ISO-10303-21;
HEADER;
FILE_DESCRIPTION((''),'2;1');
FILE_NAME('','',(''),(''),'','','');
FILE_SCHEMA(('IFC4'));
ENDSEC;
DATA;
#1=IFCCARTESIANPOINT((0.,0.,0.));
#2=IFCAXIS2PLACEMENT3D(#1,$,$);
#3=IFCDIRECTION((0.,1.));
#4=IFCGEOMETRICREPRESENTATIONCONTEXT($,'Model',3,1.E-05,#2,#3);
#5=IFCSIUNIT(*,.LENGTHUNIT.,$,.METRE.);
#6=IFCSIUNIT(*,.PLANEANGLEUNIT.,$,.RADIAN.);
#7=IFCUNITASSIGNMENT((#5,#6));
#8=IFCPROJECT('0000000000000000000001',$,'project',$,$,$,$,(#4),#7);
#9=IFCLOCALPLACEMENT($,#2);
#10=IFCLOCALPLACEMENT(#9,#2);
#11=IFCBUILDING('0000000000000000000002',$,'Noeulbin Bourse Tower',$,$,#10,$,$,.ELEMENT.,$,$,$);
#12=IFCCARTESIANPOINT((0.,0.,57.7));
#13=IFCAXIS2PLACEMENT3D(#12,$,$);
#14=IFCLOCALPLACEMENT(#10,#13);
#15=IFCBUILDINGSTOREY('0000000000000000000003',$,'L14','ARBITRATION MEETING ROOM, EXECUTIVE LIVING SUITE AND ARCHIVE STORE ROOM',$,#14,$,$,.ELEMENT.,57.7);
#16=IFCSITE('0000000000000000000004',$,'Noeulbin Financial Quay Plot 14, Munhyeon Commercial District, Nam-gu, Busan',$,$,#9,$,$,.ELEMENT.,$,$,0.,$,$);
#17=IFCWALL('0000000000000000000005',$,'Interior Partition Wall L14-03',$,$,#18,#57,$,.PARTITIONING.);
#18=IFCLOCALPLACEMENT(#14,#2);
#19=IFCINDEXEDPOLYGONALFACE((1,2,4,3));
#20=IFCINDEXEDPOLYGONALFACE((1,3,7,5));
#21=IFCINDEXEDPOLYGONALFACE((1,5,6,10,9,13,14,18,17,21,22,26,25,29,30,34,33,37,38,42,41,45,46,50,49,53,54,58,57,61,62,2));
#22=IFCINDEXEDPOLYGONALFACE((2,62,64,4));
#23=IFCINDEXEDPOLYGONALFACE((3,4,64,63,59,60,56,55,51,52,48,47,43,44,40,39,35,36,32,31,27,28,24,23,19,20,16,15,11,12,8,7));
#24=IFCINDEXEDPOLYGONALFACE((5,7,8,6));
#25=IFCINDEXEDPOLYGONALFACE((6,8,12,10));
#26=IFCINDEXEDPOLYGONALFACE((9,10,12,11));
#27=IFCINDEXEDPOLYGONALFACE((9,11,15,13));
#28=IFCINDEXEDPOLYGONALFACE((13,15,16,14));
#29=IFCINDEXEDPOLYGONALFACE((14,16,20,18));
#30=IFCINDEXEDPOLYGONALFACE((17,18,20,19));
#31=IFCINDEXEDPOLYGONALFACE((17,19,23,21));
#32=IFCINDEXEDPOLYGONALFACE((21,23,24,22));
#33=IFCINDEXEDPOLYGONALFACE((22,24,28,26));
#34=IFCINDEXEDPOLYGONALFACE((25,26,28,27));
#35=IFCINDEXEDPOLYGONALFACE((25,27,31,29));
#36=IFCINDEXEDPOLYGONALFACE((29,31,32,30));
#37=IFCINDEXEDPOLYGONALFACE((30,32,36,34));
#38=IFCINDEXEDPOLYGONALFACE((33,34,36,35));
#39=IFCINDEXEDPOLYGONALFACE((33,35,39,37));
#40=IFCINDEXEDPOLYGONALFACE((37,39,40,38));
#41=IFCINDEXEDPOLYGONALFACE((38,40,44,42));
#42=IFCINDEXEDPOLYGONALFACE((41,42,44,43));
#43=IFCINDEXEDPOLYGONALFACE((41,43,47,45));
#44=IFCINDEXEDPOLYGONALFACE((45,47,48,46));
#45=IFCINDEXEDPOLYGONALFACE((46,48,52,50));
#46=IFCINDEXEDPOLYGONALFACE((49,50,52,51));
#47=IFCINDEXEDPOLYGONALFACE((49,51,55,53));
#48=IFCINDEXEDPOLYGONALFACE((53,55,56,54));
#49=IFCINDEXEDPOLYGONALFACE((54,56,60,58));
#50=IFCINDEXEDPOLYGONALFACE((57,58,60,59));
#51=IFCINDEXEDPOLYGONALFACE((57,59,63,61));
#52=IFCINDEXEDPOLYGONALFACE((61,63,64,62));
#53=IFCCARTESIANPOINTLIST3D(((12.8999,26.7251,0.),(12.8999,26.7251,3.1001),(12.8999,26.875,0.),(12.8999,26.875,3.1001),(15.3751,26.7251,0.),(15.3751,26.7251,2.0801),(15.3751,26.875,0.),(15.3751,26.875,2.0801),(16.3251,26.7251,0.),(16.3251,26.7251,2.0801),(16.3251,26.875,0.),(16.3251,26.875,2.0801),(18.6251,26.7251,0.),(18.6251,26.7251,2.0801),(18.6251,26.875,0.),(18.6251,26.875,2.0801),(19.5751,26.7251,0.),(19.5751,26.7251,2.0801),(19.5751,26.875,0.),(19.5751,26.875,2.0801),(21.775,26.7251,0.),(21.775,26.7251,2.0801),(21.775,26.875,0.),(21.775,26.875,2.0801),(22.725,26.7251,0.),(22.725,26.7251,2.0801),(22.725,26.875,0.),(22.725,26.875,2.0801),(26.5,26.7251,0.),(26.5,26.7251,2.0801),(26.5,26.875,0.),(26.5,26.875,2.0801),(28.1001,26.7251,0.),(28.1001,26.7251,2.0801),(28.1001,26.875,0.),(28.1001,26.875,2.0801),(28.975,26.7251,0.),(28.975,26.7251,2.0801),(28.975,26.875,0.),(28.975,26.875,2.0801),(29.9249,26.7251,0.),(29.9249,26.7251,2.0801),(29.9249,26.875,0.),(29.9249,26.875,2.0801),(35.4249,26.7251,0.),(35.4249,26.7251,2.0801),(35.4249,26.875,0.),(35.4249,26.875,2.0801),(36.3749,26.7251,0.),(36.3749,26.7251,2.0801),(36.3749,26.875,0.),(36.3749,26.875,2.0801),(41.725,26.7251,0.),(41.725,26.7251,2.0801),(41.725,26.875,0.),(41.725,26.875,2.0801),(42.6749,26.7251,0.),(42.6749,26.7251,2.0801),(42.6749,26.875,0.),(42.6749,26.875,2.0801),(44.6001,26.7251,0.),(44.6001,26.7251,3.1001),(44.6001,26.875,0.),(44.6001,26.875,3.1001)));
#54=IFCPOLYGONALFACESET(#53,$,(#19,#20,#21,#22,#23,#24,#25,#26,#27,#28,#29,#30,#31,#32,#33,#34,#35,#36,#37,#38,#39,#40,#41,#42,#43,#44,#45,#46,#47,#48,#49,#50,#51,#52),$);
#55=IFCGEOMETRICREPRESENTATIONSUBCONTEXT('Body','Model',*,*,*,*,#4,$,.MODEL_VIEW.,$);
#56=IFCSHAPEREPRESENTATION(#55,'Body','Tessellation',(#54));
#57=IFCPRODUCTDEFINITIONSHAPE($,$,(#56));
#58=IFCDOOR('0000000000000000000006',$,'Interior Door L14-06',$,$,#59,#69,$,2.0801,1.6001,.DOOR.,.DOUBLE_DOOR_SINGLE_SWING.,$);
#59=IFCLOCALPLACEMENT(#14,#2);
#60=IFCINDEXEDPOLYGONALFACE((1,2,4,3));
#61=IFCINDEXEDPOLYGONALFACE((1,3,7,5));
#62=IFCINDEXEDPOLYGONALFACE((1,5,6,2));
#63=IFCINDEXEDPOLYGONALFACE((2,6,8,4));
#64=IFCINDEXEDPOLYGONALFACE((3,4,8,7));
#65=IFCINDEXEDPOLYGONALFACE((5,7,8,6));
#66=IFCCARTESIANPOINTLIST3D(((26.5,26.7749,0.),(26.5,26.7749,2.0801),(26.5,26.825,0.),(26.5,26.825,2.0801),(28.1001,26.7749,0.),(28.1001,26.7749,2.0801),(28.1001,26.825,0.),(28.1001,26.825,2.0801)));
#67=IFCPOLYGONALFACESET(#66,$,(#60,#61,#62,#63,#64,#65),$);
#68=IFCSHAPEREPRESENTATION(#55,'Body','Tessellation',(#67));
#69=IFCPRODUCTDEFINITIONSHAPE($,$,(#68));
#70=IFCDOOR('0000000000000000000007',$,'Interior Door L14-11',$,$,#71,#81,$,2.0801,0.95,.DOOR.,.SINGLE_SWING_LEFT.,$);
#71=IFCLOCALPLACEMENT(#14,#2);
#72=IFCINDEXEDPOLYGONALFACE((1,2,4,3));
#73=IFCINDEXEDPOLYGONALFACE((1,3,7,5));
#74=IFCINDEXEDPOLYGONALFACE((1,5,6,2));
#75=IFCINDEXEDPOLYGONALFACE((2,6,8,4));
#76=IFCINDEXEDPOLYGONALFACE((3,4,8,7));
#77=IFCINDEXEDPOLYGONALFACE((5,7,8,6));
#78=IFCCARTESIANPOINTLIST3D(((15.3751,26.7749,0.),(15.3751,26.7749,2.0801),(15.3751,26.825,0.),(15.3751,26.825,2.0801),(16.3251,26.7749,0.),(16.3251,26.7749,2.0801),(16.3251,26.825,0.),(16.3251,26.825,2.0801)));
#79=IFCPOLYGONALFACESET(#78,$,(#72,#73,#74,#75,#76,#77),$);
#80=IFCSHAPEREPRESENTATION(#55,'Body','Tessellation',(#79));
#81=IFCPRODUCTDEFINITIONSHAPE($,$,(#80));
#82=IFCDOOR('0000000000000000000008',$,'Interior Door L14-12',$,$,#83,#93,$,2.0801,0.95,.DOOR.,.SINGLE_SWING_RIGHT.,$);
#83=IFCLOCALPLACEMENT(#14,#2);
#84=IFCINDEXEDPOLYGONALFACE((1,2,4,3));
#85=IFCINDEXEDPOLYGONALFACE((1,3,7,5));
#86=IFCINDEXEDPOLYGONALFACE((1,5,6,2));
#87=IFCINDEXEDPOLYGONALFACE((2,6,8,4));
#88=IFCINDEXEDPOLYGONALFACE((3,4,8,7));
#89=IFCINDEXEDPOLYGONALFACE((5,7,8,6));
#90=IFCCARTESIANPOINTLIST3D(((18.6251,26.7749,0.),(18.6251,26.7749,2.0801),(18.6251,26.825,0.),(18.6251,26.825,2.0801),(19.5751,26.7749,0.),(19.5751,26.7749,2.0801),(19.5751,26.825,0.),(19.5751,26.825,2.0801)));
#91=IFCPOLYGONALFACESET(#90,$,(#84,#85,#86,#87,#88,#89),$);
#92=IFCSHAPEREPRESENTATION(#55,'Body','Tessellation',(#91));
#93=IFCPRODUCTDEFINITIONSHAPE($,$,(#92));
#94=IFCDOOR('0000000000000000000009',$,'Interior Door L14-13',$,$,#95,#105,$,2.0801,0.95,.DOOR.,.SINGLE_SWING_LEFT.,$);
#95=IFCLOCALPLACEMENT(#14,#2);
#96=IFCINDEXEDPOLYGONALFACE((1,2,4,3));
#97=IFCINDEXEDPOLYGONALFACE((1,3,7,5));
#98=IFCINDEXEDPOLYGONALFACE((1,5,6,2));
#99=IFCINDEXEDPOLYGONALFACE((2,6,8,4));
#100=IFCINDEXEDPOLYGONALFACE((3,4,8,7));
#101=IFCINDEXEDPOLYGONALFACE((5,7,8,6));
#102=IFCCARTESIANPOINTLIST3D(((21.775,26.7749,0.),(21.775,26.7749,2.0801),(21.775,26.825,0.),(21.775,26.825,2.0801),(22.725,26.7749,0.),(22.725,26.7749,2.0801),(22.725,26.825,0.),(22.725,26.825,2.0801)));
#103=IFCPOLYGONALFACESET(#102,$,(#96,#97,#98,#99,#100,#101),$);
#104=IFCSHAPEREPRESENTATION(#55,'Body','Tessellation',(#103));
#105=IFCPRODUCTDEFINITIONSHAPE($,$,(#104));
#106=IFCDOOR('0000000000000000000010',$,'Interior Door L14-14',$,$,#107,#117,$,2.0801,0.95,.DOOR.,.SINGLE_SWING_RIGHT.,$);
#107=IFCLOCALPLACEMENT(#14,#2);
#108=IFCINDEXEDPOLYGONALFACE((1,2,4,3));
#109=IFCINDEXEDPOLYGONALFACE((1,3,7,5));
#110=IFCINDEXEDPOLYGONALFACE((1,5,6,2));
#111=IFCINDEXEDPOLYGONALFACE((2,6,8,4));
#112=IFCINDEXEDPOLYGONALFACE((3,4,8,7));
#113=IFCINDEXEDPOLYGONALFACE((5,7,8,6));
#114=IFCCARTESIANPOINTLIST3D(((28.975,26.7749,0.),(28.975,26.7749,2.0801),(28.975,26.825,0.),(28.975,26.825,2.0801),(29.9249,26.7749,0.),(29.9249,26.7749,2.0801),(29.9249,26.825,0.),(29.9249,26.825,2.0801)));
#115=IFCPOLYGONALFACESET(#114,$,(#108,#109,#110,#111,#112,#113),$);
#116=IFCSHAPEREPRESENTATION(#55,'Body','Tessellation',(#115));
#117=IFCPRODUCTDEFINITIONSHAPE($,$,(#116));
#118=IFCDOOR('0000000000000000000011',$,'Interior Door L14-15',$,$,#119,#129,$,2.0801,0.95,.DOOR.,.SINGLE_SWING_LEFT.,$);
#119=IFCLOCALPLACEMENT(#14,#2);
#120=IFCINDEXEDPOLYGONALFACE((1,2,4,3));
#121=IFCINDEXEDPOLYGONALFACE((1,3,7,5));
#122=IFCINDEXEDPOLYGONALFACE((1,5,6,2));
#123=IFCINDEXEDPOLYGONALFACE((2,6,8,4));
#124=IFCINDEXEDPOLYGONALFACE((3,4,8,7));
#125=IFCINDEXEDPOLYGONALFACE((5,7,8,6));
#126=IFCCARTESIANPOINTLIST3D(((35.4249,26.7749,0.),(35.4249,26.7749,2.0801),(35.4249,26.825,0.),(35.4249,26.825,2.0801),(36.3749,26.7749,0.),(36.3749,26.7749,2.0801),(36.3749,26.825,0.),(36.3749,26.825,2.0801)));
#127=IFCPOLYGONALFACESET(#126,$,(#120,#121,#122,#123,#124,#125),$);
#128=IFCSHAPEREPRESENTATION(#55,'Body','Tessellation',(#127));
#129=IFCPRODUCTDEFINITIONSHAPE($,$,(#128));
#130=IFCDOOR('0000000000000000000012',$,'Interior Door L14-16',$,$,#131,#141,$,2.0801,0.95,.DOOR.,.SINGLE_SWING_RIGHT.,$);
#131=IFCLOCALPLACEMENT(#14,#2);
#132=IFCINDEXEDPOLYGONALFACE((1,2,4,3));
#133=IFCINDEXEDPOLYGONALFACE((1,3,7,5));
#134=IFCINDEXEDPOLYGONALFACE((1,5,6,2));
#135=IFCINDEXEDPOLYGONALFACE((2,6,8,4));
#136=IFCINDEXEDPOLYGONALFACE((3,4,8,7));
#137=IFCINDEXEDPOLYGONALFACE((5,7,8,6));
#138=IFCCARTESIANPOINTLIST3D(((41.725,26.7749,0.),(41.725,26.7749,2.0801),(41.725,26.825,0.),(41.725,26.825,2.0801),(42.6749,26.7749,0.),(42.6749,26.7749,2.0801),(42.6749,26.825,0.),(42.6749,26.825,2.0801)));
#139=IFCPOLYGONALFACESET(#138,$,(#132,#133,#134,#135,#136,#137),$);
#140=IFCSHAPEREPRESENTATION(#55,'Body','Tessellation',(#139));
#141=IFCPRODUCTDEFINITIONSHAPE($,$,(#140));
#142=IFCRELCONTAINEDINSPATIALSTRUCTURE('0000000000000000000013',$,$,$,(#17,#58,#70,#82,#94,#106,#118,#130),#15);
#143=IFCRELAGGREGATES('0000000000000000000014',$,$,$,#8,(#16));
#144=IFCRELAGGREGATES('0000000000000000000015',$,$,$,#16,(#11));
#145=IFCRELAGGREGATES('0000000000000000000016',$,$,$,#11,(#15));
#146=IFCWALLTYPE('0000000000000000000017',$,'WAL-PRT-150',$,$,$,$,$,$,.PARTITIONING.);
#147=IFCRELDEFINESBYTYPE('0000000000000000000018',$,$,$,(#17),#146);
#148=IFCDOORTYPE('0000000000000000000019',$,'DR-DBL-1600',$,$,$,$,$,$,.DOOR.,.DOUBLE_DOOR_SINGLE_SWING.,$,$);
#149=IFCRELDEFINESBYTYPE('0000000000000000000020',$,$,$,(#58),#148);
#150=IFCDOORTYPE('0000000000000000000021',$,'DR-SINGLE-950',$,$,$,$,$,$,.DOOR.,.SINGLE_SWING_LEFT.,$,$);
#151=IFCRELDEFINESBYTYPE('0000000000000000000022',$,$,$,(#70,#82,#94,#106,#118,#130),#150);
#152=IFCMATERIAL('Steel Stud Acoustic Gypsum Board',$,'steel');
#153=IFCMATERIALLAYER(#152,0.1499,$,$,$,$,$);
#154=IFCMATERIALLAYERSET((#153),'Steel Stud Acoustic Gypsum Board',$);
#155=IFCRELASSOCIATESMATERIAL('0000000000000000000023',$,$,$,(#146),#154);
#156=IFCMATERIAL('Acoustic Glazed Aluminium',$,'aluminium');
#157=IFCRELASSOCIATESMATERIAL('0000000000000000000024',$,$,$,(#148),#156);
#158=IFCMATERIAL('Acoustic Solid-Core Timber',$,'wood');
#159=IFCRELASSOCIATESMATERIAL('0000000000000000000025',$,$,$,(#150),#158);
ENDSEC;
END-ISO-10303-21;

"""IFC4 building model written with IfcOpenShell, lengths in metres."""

from ifc_helpers import new_model, si_unit, direction, frame, frame_2d, origin, place, context, subcontext, project, spatial, rectangle, extrude, material, layer, layer_set, type_object, element, fill, save


model = new_model("IFC4")

# Units and contexts
model_context = context("Model", 3, precision=1e-05, world=origin(), true_north=direction((0.0, 1.0)))
body_context = subcontext(model_context, "Body", "Model", "MODEL_VIEW")
ifc_project = project(units=[si_unit("LENGTHUNIT", "METRE"), si_unit("PLANEANGLEUNIT", "RADIAN")], contexts=[model_context])

# Site, building, storey
site_placement = place(None, origin())
site = spatial("IfcSite", under=ifc_project, at=site_placement, Name="Noeulbin Financial Quay Plot 14, Munhyeon Commercial District, Nam-gu, Busan", CompositionType="ELEMENT", RefElevation=0.0)
building_placement = place(site_placement, origin())
building = spatial("IfcBuilding", under=site, at=building_placement, Name="Noeulbin Bourse Tower", CompositionType="ELEMENT")
storey_placement = place(building_placement, frame((0.0, 0.0, 57.7)))
storey = spatial("IfcBuildingStorey", under=building, at=storey_placement, Name="L14", Description="ARBITRATION MEETING ROOM, EXECUTIVE LIVING SUITE AND ARCHIVE STORE ROOM", CompositionType="ELEMENT", Elevation=57.7)

# Wall, openings, doors
ifc_material_1 = material(Name="Steel Stud Acoustic Gypsum Board", Category="steel")
ifc_layer_1 = layer(ifc_material_1, 0.1499)
ifc_layer_set_1 = layer_set([ifc_layer_1], Name="Steel Stud Acoustic Gypsum Board")
wall_type_1 = type_object("IfcWallType", Name="WAL-PRT-150", PredefinedType="PARTITIONING", material=ifc_layer_set_1)
wall_1_placement = place(storey_placement, frame((12.8999, 26.8, 0.0), z_axis=(0.0, 0.0, 1.0), x_axis=(1.0, 0.0, 0.0)))
wall_1 = element("IfcWall", 1, at=wall_1_placement, inside=storey, type_object=wall_type_1, Name="Interior Partition Wall L14-03", PredefinedType="PARTITIONING", context=body_context, shape_type="SweptSolid", body=[
    extrude(rectangle(XDim=31.7002, YDim=0.1499, at=frame_2d((15.8501, 0.0))), origin(), (0.0, 0.0, 1.0), 3.1001),
])
opening_1_placement = place(wall_1_placement, frame((13.6001, 0.0, 0.0)))
opening_1 = element("IfcOpeningElement", 2, at=opening_1_placement, cuts=wall_1, PredefinedType="OPENING", context=body_context, shape_type="SweptSolid", body=[
    extrude(rectangle(XDim=1.6001, YDim=2.0801, at=frame_2d((0.8, 1.04))), frame((0.0, 0.085, 0.0), z_axis=(0.0, -1.0, 0.0), x_axis=(1.0, 0.0, 0.0)), (0.0, 0.0, 1.0), 0.1699),
])
opening_2_placement = place(wall_1_placement, frame((2.4751, 0.0, 0.0)))
opening_2 = element("IfcOpeningElement", 3, at=opening_2_placement, cuts=wall_1, PredefinedType="OPENING", context=body_context, shape_type="SweptSolid", body=[
    extrude(rectangle(XDim=0.95, YDim=2.0801, at=frame_2d((0.4751, 1.04))), frame((0.0, 0.085, 0.0), z_axis=(0.0, -1.0, 0.0), x_axis=(1.0, 0.0, 0.0)), (0.0, 0.0, 1.0), 0.1699),
])
opening_3_placement = place(wall_1_placement, frame((5.7251, 0.0, 0.0)))
opening_3 = element("IfcOpeningElement", 4, at=opening_3_placement, cuts=wall_1, PredefinedType="OPENING", context=body_context, shape_type="SweptSolid", body=[
    extrude(rectangle(XDim=0.95, YDim=2.0801, at=frame_2d((0.4751, 1.04))), frame((0.0, 0.085, 0.0), z_axis=(0.0, -1.0, 0.0), x_axis=(1.0, 0.0, 0.0)), (0.0, 0.0, 1.0), 0.1699),
])
opening_4_placement = place(wall_1_placement, frame((8.875, 0.0, 0.0)))
opening_4 = element("IfcOpeningElement", 5, at=opening_4_placement, cuts=wall_1, PredefinedType="OPENING", context=body_context, shape_type="SweptSolid", body=[
    extrude(rectangle(XDim=0.95, YDim=2.0801, at=frame_2d((0.4751, 1.04))), frame((0.0, 0.085, 0.0), z_axis=(0.0, -1.0, 0.0), x_axis=(1.0, 0.0, 0.0)), (0.0, 0.0, 1.0), 0.1699),
])
opening_5_placement = place(wall_1_placement, frame((16.075, 0.0, 0.0)))
opening_5 = element("IfcOpeningElement", 6, at=opening_5_placement, cuts=wall_1, PredefinedType="OPENING", context=body_context, shape_type="SweptSolid", body=[
    extrude(rectangle(XDim=0.95, YDim=2.0801, at=frame_2d((0.4751, 1.04))), frame((0.0, 0.085, 0.0), z_axis=(0.0, -1.0, 0.0), x_axis=(1.0, 0.0, 0.0)), (0.0, 0.0, 1.0), 0.1699),
])
opening_6_placement = place(wall_1_placement, frame((22.5249, 0.0, 0.0)))
opening_6 = element("IfcOpeningElement", 7, at=opening_6_placement, cuts=wall_1, PredefinedType="OPENING", context=body_context, shape_type="SweptSolid", body=[
    extrude(rectangle(XDim=0.95, YDim=2.0801, at=frame_2d((0.4751, 1.04))), frame((0.0, 0.085, 0.0), z_axis=(0.0, -1.0, 0.0), x_axis=(1.0, 0.0, 0.0)), (0.0, 0.0, 1.0), 0.1699),
])
opening_7_placement = place(wall_1_placement, frame((28.825, 0.0, 0.0)))
opening_7 = element("IfcOpeningElement", 8, at=opening_7_placement, cuts=wall_1, PredefinedType="OPENING", context=body_context, shape_type="SweptSolid", body=[
    extrude(rectangle(XDim=0.95, YDim=2.0801, at=frame_2d((0.4751, 1.04))), frame((0.0, 0.085, 0.0), z_axis=(0.0, -1.0, 0.0), x_axis=(1.0, 0.0, 0.0)), (0.0, 0.0, 1.0), 0.1699),
])
ifc_material_2 = material(Name="Acoustic Glazed Aluminium", Category="aluminium")
door_type_1 = type_object("IfcDoorType", Name="DR-DBL-1600", OperationType="DOUBLE_DOOR_SINGLE_SWING", PredefinedType="DOOR", material=ifc_material_2)
door_1_placement = place(opening_1_placement, origin())
door_1 = element("IfcDoor", 9, at=door_1_placement, inside=storey, type_object=door_type_1, Name="Interior Door L14-06", OperationType="DOUBLE_DOOR_SINGLE_SWING", OverallHeight=2.0801, OverallWidth=1.6001, PredefinedType="DOOR", context=body_context, shape_type="SweptSolid", body=[
    extrude(rectangle(XDim=1.6001, YDim=2.0801, at=frame_2d((0.8, 1.04))), frame((0.0, 0.0249, 0.0), z_axis=(0.0, -1.0, 0.0), x_axis=(1.0, 0.0, 0.0)), (0.0, 0.0, 1.0), 0.05),
])
fill(opening_1, door_1)
ifc_material_3 = material(Name="Acoustic Solid-Core Timber", Category="wood")
door_type_2 = type_object("IfcDoorType", Name="DR-SINGLE-950", OperationType="SINGLE_SWING_LEFT", PredefinedType="DOOR", material=ifc_material_3)
door_2_placement = place(opening_2_placement, origin())
door_2 = element("IfcDoor", 10, at=door_2_placement, inside=storey, type_object=door_type_2, Name="Interior Door L14-11", OperationType="SINGLE_SWING_LEFT", OverallHeight=2.0801, OverallWidth=0.95, PredefinedType="DOOR", context=body_context, shape_type="SweptSolid", body=[
    extrude(rectangle(XDim=0.95, YDim=2.0801, at=frame_2d((0.4751, 1.04))), frame((0.0, 0.0249, 0.0), z_axis=(0.0, -1.0, 0.0), x_axis=(1.0, 0.0, 0.0)), (0.0, 0.0, 1.0), 0.05),
])
fill(opening_2, door_2)
door_3_placement = place(opening_3_placement, origin())
door_3 = element("IfcDoor", 11, at=door_3_placement, inside=storey, type_object=door_type_2, Name="Interior Door L14-12", OperationType="SINGLE_SWING_RIGHT", OverallHeight=2.0801, OverallWidth=0.95, PredefinedType="DOOR", context=body_context, shape_type="SweptSolid", body=[
    extrude(rectangle(XDim=0.95, YDim=2.0801, at=frame_2d((0.4751, 1.04))), frame((0.0, 0.0249, 0.0), z_axis=(0.0, -1.0, 0.0), x_axis=(1.0, 0.0, 0.0)), (0.0, 0.0, 1.0), 0.05),
])
fill(opening_3, door_3)
door_4_placement = place(opening_4_placement, origin())
door_4 = element("IfcDoor", 12, at=door_4_placement, inside=storey, type_object=door_type_2, Name="Interior Door L14-13", OperationType="SINGLE_SWING_LEFT", OverallHeight=2.0801, OverallWidth=0.95, PredefinedType="DOOR", context=body_context, shape_type="SweptSolid", body=[
    extrude(rectangle(XDim=0.95, YDim=2.0801, at=frame_2d((0.4751, 1.04))), frame((0.0, 0.0249, 0.0), z_axis=(0.0, -1.0, 0.0), x_axis=(1.0, 0.0, 0.0)), (0.0, 0.0, 1.0), 0.05),
])
fill(opening_4, door_4)
door_5_placement = place(opening_5_placement, origin())
door_5 = element("IfcDoor", 13, at=door_5_placement, inside=storey, type_object=door_type_2, Name="Interior Door L14-14", OperationType="SINGLE_SWING_RIGHT", OverallHeight=2.0801, OverallWidth=0.95, PredefinedType="DOOR", context=body_context, shape_type="SweptSolid", body=[
    extrude(rectangle(XDim=0.95, YDim=2.0801, at=frame_2d((0.4751, 1.04))), frame((0.0, 0.0249, 0.0), z_axis=(0.0, -1.0, 0.0), x_axis=(1.0, 0.0, 0.0)), (0.0, 0.0, 1.0), 0.05),
])
fill(opening_5, door_5)
door_6_placement = place(opening_6_placement, origin())
door_6 = element("IfcDoor", 14, at=door_6_placement, inside=storey, type_object=door_type_2, Name="Interior Door L14-15", OperationType="SINGLE_SWING_LEFT", OverallHeight=2.0801, OverallWidth=0.95, PredefinedType="DOOR", context=body_context, shape_type="SweptSolid", body=[
    extrude(rectangle(XDim=0.95, YDim=2.0801, at=frame_2d((0.4751, 1.04))), frame((0.0, 0.0249, 0.0), z_axis=(0.0, -1.0, 0.0), x_axis=(1.0, 0.0, 0.0)), (0.0, 0.0, 1.0), 0.05),
])
fill(opening_6, door_6)
door_7_placement = place(opening_7_placement, origin())
door_7 = element("IfcDoor", 15, at=door_7_placement, inside=storey, type_object=door_type_2, Name="Interior Door L14-16", OperationType="SINGLE_SWING_RIGHT", OverallHeight=2.0801, OverallWidth=0.95, PredefinedType="DOOR", context=body_context, shape_type="SweptSolid", body=[
    extrude(rectangle(XDim=0.95, YDim=2.0801, at=frame_2d((0.4751, 1.04))), frame((0.0, 0.0249, 0.0), z_axis=(0.0, -1.0, 0.0), x_axis=(1.0, 0.0, 0.0)), (0.0, 0.0, 1.0), 0.05),
])
fill(opening_7, door_7)

save(model, "model.ifc")
